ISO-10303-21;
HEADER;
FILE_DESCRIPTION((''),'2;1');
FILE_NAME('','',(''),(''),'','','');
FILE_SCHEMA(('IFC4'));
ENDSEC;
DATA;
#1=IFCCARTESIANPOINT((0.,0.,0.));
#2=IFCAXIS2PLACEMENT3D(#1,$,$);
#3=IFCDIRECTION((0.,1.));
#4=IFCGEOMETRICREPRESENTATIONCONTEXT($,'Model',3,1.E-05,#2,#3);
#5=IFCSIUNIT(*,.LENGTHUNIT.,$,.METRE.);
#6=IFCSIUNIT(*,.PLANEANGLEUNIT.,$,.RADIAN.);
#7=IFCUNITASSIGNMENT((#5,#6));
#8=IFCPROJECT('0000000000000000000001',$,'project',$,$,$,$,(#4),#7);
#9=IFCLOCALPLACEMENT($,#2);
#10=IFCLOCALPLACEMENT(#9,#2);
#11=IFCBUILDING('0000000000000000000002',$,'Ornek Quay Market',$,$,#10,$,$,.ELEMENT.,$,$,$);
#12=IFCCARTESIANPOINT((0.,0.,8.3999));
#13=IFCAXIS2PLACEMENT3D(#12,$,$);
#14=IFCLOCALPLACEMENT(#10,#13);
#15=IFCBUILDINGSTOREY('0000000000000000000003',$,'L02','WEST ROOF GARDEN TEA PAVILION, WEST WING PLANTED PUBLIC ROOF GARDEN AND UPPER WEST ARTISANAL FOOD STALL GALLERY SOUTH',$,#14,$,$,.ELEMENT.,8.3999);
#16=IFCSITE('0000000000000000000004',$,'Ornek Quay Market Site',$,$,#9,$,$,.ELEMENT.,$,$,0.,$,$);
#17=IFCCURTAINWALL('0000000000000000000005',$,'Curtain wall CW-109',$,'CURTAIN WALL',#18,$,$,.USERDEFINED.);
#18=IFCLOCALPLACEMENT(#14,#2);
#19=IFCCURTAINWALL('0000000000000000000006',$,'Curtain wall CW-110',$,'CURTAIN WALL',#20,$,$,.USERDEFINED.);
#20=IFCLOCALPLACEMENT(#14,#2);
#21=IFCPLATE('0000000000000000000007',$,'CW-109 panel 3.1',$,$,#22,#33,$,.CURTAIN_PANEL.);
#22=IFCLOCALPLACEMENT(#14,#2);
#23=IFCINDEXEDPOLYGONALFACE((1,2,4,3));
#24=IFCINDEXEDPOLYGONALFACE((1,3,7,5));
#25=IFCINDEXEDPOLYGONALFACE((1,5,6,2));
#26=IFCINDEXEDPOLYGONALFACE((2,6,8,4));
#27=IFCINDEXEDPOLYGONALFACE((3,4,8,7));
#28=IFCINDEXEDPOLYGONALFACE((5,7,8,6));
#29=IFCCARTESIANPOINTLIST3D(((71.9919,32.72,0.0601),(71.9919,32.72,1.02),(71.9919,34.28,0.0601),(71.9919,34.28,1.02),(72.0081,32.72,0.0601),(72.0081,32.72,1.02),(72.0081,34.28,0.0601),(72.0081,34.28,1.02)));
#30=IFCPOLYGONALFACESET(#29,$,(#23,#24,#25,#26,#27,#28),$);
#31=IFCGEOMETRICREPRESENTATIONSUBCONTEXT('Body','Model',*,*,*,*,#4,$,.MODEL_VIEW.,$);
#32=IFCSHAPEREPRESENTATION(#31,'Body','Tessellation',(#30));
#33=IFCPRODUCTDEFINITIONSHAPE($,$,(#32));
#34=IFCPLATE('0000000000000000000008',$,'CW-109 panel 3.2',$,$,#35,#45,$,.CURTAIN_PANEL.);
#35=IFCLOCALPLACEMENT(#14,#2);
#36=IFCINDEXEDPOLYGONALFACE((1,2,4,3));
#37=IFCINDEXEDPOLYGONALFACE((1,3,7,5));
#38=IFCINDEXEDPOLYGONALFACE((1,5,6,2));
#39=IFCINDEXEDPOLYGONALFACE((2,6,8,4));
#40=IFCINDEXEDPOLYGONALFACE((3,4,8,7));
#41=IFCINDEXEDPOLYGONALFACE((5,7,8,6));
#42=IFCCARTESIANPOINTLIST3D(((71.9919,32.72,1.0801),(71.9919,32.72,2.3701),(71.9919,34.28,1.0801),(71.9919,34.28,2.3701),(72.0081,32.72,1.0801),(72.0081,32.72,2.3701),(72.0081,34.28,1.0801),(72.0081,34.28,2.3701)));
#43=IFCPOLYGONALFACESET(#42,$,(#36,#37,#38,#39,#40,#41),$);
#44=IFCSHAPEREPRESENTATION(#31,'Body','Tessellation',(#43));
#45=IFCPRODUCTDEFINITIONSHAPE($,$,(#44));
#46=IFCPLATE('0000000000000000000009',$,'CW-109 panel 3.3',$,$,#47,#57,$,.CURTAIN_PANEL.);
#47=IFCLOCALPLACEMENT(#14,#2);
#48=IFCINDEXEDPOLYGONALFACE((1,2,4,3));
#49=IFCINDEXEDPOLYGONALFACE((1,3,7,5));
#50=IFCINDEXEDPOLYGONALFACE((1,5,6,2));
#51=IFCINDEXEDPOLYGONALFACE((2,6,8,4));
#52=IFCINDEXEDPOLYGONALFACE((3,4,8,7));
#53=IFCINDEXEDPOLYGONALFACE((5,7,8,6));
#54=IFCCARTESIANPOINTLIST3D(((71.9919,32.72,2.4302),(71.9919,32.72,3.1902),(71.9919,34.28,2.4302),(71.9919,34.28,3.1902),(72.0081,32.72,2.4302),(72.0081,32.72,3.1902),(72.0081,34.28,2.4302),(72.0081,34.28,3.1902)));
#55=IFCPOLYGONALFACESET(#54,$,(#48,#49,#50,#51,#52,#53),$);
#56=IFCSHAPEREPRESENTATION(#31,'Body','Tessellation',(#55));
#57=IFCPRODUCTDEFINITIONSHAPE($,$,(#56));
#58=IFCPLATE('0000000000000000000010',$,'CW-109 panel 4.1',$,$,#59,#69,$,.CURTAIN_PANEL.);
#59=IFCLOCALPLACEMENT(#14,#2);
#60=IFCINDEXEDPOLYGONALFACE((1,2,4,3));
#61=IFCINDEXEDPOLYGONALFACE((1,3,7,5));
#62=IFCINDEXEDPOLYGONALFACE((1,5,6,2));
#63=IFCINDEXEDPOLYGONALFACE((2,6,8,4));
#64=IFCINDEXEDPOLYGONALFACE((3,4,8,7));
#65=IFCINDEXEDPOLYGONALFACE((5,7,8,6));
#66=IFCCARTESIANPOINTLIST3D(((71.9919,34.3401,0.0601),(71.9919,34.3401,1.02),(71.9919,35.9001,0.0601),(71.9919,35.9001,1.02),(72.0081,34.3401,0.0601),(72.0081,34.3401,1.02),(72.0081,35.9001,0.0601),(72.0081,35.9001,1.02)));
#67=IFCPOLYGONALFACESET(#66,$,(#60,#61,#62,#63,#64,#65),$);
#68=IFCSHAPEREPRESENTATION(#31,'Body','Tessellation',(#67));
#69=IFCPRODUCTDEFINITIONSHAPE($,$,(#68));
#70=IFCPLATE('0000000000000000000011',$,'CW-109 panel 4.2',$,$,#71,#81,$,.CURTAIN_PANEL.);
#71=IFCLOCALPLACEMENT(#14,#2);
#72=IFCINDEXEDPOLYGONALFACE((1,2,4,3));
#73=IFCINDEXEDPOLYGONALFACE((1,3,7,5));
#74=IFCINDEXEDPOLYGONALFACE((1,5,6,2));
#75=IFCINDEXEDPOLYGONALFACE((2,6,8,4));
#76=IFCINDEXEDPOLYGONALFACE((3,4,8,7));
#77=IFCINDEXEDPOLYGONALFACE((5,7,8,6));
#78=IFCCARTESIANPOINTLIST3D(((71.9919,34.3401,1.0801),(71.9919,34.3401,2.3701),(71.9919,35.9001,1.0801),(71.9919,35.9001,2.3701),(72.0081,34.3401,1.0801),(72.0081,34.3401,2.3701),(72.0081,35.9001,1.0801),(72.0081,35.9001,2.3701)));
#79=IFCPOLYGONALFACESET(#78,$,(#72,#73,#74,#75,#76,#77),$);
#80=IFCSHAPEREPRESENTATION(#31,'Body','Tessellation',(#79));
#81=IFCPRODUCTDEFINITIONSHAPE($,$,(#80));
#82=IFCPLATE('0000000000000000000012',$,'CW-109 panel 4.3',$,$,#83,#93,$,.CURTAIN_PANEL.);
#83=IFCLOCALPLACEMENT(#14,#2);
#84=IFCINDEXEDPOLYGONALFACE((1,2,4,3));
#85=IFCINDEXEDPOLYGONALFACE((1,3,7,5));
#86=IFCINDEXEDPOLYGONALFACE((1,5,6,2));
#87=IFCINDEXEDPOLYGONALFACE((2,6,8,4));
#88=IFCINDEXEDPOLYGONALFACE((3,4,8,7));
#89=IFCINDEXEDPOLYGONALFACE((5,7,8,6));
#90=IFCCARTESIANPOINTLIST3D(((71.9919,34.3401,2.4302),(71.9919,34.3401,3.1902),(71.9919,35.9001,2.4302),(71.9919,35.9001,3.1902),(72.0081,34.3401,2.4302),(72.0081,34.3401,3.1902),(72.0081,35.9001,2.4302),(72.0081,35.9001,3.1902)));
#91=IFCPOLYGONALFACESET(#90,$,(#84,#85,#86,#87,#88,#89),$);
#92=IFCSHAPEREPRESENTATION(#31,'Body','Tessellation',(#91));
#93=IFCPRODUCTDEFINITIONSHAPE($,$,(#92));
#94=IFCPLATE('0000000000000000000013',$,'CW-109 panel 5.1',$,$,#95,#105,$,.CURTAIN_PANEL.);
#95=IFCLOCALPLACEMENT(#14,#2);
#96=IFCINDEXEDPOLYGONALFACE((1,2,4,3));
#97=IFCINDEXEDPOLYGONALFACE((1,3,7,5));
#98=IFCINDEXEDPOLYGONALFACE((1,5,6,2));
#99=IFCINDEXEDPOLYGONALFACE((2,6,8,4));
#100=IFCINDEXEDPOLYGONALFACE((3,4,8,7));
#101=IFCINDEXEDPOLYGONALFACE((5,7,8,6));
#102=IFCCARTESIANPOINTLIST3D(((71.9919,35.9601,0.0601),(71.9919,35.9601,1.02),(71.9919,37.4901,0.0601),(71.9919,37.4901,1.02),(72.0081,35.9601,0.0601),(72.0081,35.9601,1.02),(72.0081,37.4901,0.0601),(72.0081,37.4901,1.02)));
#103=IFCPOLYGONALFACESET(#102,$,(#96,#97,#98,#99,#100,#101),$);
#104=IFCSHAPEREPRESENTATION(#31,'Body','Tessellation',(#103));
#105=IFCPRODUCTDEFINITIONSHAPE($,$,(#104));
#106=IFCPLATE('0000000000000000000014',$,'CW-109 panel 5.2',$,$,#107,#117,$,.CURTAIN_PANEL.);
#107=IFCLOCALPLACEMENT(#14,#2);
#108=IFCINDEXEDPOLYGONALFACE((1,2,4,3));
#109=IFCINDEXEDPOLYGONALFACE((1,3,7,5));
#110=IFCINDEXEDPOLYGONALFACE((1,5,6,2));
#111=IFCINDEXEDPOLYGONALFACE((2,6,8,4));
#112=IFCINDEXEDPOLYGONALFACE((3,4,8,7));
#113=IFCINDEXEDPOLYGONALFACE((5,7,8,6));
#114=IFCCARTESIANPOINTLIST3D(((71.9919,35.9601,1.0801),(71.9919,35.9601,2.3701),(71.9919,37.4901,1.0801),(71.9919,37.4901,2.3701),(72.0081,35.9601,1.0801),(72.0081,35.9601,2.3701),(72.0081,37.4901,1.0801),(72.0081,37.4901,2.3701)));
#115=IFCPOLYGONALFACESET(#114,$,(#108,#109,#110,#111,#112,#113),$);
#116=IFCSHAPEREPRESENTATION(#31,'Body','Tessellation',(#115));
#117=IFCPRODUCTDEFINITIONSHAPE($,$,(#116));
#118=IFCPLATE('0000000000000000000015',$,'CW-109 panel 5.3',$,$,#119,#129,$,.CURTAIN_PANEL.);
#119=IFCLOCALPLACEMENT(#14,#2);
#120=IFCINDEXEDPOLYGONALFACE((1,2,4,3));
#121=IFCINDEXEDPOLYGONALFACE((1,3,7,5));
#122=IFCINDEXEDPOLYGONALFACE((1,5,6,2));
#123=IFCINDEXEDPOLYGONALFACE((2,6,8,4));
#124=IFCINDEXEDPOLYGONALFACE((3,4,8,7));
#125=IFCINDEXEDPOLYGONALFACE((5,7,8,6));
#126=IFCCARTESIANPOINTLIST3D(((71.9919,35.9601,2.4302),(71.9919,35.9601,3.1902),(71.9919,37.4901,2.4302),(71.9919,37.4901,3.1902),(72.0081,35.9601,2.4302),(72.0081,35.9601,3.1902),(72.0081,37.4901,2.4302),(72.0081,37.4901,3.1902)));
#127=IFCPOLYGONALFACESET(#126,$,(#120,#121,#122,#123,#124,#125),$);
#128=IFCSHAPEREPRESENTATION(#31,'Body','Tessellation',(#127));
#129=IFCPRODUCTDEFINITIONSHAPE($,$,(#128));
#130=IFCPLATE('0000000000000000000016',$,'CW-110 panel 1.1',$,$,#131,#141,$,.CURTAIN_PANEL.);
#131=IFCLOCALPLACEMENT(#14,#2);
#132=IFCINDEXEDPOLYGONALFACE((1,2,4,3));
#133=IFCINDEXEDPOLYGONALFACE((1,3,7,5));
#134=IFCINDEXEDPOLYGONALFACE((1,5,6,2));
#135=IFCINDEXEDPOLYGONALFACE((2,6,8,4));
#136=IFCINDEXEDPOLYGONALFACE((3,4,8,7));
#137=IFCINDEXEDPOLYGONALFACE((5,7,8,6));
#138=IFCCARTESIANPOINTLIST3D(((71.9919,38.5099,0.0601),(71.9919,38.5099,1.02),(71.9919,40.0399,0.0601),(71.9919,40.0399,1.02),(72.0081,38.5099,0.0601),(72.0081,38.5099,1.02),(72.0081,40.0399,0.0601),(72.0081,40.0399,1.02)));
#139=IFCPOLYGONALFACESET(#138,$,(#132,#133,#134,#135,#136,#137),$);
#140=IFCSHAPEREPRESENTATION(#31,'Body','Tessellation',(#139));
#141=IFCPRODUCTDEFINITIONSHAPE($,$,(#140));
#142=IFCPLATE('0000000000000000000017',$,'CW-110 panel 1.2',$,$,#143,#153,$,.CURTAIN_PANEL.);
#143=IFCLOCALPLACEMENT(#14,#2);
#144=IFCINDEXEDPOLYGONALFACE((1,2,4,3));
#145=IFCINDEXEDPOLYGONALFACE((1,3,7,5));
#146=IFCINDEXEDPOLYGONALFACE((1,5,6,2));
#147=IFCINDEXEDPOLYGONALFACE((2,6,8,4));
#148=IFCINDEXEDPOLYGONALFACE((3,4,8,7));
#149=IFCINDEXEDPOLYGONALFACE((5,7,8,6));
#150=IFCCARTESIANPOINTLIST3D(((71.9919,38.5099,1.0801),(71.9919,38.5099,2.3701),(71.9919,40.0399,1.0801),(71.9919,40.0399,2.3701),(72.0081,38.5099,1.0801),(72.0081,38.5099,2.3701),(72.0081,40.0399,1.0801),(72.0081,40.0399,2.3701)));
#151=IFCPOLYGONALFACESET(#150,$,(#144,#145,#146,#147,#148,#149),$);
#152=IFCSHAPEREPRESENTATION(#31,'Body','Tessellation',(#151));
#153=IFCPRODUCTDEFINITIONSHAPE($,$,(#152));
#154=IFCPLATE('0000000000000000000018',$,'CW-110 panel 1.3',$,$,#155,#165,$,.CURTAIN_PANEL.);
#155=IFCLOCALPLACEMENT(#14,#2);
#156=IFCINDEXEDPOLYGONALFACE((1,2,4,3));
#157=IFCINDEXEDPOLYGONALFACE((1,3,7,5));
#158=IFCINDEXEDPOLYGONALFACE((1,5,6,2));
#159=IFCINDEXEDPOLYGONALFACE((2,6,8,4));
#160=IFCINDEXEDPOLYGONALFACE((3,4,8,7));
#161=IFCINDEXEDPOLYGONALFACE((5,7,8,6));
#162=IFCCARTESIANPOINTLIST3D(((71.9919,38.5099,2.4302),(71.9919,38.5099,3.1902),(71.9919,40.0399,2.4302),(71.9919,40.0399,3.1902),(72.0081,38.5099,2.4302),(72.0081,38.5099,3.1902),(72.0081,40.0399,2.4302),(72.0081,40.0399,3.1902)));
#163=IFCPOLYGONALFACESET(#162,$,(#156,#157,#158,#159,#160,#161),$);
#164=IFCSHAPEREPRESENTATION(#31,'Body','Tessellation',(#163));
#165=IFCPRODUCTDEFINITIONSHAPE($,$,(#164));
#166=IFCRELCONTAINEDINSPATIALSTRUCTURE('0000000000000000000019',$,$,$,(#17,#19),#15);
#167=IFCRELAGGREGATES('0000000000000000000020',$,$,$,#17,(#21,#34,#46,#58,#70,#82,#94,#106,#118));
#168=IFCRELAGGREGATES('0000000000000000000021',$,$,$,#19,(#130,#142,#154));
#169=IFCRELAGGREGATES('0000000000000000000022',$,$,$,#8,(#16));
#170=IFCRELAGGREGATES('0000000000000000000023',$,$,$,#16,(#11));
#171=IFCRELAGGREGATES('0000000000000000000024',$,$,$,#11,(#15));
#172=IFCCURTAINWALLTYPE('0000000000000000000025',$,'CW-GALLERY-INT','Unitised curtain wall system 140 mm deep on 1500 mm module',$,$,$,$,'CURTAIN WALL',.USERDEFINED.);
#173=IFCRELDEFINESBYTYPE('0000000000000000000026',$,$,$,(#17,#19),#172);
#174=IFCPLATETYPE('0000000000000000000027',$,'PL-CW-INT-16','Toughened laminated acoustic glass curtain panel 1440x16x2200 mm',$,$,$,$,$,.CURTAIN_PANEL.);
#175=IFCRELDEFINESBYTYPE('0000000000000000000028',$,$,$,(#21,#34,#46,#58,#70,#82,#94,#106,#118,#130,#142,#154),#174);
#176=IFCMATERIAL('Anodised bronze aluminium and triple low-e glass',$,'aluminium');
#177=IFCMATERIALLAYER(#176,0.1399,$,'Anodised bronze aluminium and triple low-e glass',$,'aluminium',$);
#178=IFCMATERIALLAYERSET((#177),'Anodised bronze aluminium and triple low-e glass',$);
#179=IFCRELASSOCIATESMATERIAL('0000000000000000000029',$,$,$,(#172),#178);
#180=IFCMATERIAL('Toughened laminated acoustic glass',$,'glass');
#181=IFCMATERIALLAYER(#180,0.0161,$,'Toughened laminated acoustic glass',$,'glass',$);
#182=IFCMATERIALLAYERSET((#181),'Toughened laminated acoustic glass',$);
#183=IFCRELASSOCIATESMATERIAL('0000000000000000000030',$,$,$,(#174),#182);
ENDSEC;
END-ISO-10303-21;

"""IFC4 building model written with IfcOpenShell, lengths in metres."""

from ifc_helpers import new_model, si_unit, direction, frame, origin, origin_2d, place, context, subcontext, project, spatial, rectangle, extrude, material, layer, layer_set, type_object, element, aggregate, save


model = new_model("IFC4")

# Units and contexts
model_context = context("Model", 3, precision=1e-05, world=origin(), true_north=direction((0.0, 1.0)))
body_context = subcontext(model_context, "Body", "Model", "MODEL_VIEW")
ifc_project = project(units=[si_unit("LENGTHUNIT", "METRE"), si_unit("PLANEANGLEUNIT", "RADIAN")], contexts=[model_context])

# Site, building, storey
site_placement = place(None, origin())
site = spatial("IfcSite", under=ifc_project, at=site_placement, Name="Ornek Quay Market Site", CompositionType="ELEMENT", RefElevation=0.0)
building_placement = place(site_placement, origin())
building = spatial("IfcBuilding", under=site, at=building_placement, Name="Ornek Quay Market", CompositionType="ELEMENT")
storey_placement = place(building_placement, frame((0.0, 0.0, 8.3999)))
storey = spatial("IfcBuildingStorey", under=building, at=storey_placement, Name="L02", Description="WEST ROOF GARDEN TEA PAVILION, WEST WING PLANTED PUBLIC ROOF GARDEN AND UPPER WEST ARTISANAL FOOD STALL GALLERY SOUTH", CompositionType="ELEMENT", Elevation=8.3999)

# Curtain walls
ifc_material_1 = material(Name="Anodised bronze aluminium and triple low-e glass", Category="aluminium")
ifc_layer_1 = layer(ifc_material_1, 0.1399, Name="Anodised bronze aluminium and triple low-e glass", Category="aluminium")
ifc_layer_set_1 = layer_set([ifc_layer_1], Name="Anodised bronze aluminium and triple low-e glass")
curtain_wall_type = type_object("IfcCurtainWallType", Name="CW-GALLERY-INT", Description="Unitised curtain wall system 140 mm deep on 1500 mm module", ElementType="CURTAIN WALL", PredefinedType="USERDEFINED", material=ifc_layer_set_1)
curtain_wall_1_placement = place(storey_placement, origin())
curtain_wall_1 = element("IfcCurtainWall", 1, at=curtain_wall_1_placement, inside=storey, type_object=curtain_wall_type, Name="Curtain wall CW-109", ObjectType="CURTAIN WALL", PredefinedType="USERDEFINED")
curtain_wall_2_placement = place(storey_placement, origin())
curtain_wall_2 = element("IfcCurtainWall", 2, at=curtain_wall_2_placement, inside=storey, type_object=curtain_wall_type, Name="Curtain wall CW-110", ObjectType="CURTAIN WALL", PredefinedType="USERDEFINED")

# Plates
ifc_material_2 = material(Name="Toughened laminated acoustic glass", Category="glass")
ifc_layer_2 = layer(ifc_material_2, 0.0161, Name="Toughened laminated acoustic glass", Category="glass")
ifc_layer_set_2 = layer_set([ifc_layer_2], Name="Toughened laminated acoustic glass")
plate_type = type_object("IfcPlateType", Name="PL-CW-INT-16", Description="Toughened laminated acoustic glass curtain panel 1440x16x2200 mm", PredefinedType="CURTAIN_PANEL", material=ifc_layer_set_2)
plate_1_placement = place(storey_placement, frame((72.0, 33.5, 0.0601), z_axis=(0.0, 0.0, 1.0), x_axis=(0.0, 1.0, 0.0)))
plate_1 = element("IfcPlate", 3, at=plate_1_placement, type_object=plate_type, Name="CW-109 panel 3.1", PredefinedType="CURTAIN_PANEL", context=body_context, shape_type="SweptSolid", body=[
    extrude(rectangle(XDim=1.5601, YDim=0.0161, at=origin_2d()), origin(), (0.0, 0.0, 1.0), 0.96),
])
plate_2_placement = place(storey_placement, frame((72.0, 33.5, 1.0801), z_axis=(0.0, 0.0, 1.0), x_axis=(0.0, 1.0, 0.0)))
plate_2 = element("IfcPlate", 4, at=plate_2_placement, type_object=plate_type, Name="CW-109 panel 3.2", PredefinedType="CURTAIN_PANEL", context=body_context, shape_type="SweptSolid", body=[
    extrude(rectangle(XDim=1.5601, YDim=0.0161, at=origin_2d()), origin(), (0.0, 0.0, 1.0), 1.29),
])
plate_3_placement = place(storey_placement, frame((72.0, 33.5, 2.4302), z_axis=(0.0, 0.0, 1.0), x_axis=(0.0, 1.0, 0.0)))
plate_3 = element("IfcPlate", 5, at=plate_3_placement, type_object=plate_type, Name="CW-109 panel 3.3", PredefinedType="CURTAIN_PANEL", context=body_context, shape_type="SweptSolid", body=[
    extrude(rectangle(XDim=1.5601, YDim=0.0161, at=origin_2d()), origin(), (0.0, 0.0, 1.0), 0.76),
])
plate_4_placement = place(storey_placement, frame((72.0, 35.1201, 0.0601), z_axis=(0.0, 0.0, 1.0), x_axis=(0.0, 1.0, 0.0)))
plate_4 = element("IfcPlate", 6, at=plate_4_placement, type_object=plate_type, Name="CW-109 panel 4.1", PredefinedType="CURTAIN_PANEL", context=body_context, shape_type="SweptSolid", body=[
    extrude(rectangle(XDim=1.5601, YDim=0.0161, at=origin_2d()), origin(), (0.0, 0.0, 1.0), 0.96),
])
plate_5_placement = place(storey_placement, frame((72.0, 35.1201, 1.0801), z_axis=(0.0, 0.0, 1.0), x_axis=(0.0, 1.0, 0.0)))
plate_5 = element("IfcPlate", 7, at=plate_5_placement, type_object=plate_type, Name="CW-109 panel 4.2", PredefinedType="CURTAIN_PANEL", context=body_context, shape_type="SweptSolid", body=[
    extrude(rectangle(XDim=1.5601, YDim=0.0161, at=origin_2d()), origin(), (0.0, 0.0, 1.0), 1.29),
])
plate_6_placement = place(storey_placement, frame((72.0, 35.1201, 2.4302), z_axis=(0.0, 0.0, 1.0), x_axis=(0.0, 1.0, 0.0)))
plate_6 = element("IfcPlate", 8, at=plate_6_placement, type_object=plate_type, Name="CW-109 panel 4.3", PredefinedType="CURTAIN_PANEL", context=body_context, shape_type="SweptSolid", body=[
    extrude(rectangle(XDim=1.5601, YDim=0.0161, at=origin_2d()), origin(), (0.0, 0.0, 1.0), 0.76),
])
plate_7_placement = place(storey_placement, frame((72.0, 36.7251, 0.0601), z_axis=(0.0, 0.0, 1.0), x_axis=(0.0, 1.0, 0.0)))
plate_7 = element("IfcPlate", 9, at=plate_7_placement, type_object=plate_type, Name="CW-109 panel 5.1", PredefinedType="CURTAIN_PANEL", context=body_context, shape_type="SweptSolid", body=[
    extrude(rectangle(XDim=1.53, YDim=0.0161, at=origin_2d()), origin(), (0.0, 0.0, 1.0), 0.96),
])
plate_8_placement = place(storey_placement, frame((72.0, 36.7251, 1.0801), z_axis=(0.0, 0.0, 1.0), x_axis=(0.0, 1.0, 0.0)))
plate_8 = element("IfcPlate", 10, at=plate_8_placement, type_object=plate_type, Name="CW-109 panel 5.2", PredefinedType="CURTAIN_PANEL", context=body_context, shape_type="SweptSolid", body=[
    extrude(rectangle(XDim=1.53, YDim=0.0161, at=origin_2d()), origin(), (0.0, 0.0, 1.0), 1.29),
])
plate_9_placement = place(storey_placement, frame((72.0, 36.7251, 2.4302), z_axis=(0.0, 0.0, 1.0), x_axis=(0.0, 1.0, 0.0)))
plate_9 = element("IfcPlate", 11, at=plate_9_placement, type_object=plate_type, Name="CW-109 panel 5.3", PredefinedType="CURTAIN_PANEL", context=body_context, shape_type="SweptSolid", body=[
    extrude(rectangle(XDim=1.53, YDim=0.0161, at=origin_2d()), origin(), (0.0, 0.0, 1.0), 0.76),
])
aggregate(curtain_wall_1, [plate_1, plate_2, plate_3, plate_4, plate_5, plate_6, plate_7, plate_8, plate_9])
plate_10_placement = place(storey_placement, frame((72.0, 39.2749, 0.0601), z_axis=(0.0, 0.0, 1.0), x_axis=(0.0, 1.0, 0.0)))
plate_10 = element("IfcPlate", 12, at=plate_10_placement, type_object=plate_type, Name="CW-110 panel 1.1", PredefinedType="CURTAIN_PANEL", context=body_context, shape_type="SweptSolid", body=[
    extrude(rectangle(XDim=1.53, YDim=0.0161, at=origin_2d()), origin(), (0.0, 0.0, 1.0), 0.96),
])
plate_11_placement = place(storey_placement, frame((72.0, 39.2749, 1.0801), z_axis=(0.0, 0.0, 1.0), x_axis=(0.0, 1.0, 0.0)))
plate_11 = element("IfcPlate", 13, at=plate_11_placement, type_object=plate_type, Name="CW-110 panel 1.2", PredefinedType="CURTAIN_PANEL", context=body_context, shape_type="SweptSolid", body=[
    extrude(rectangle(XDim=1.53, YDim=0.0161, at=origin_2d()), origin(), (0.0, 0.0, 1.0), 1.29),
])
plate_12_placement = place(storey_placement, frame((72.0, 39.2749, 2.4302), z_axis=(0.0, 0.0, 1.0), x_axis=(0.0, 1.0, 0.0)))
plate_12 = element("IfcPlate", 14, at=plate_12_placement, type_object=plate_type, Name="CW-110 panel 1.3", PredefinedType="CURTAIN_PANEL", context=body_context, shape_type="SweptSolid", body=[
    extrude(rectangle(XDim=1.53, YDim=0.0161, at=origin_2d()), origin(), (0.0, 0.0, 1.0), 0.76),
])
aggregate(curtain_wall_2, [plate_10, plate_11, plate_12])

save(model, "model.ifc")
